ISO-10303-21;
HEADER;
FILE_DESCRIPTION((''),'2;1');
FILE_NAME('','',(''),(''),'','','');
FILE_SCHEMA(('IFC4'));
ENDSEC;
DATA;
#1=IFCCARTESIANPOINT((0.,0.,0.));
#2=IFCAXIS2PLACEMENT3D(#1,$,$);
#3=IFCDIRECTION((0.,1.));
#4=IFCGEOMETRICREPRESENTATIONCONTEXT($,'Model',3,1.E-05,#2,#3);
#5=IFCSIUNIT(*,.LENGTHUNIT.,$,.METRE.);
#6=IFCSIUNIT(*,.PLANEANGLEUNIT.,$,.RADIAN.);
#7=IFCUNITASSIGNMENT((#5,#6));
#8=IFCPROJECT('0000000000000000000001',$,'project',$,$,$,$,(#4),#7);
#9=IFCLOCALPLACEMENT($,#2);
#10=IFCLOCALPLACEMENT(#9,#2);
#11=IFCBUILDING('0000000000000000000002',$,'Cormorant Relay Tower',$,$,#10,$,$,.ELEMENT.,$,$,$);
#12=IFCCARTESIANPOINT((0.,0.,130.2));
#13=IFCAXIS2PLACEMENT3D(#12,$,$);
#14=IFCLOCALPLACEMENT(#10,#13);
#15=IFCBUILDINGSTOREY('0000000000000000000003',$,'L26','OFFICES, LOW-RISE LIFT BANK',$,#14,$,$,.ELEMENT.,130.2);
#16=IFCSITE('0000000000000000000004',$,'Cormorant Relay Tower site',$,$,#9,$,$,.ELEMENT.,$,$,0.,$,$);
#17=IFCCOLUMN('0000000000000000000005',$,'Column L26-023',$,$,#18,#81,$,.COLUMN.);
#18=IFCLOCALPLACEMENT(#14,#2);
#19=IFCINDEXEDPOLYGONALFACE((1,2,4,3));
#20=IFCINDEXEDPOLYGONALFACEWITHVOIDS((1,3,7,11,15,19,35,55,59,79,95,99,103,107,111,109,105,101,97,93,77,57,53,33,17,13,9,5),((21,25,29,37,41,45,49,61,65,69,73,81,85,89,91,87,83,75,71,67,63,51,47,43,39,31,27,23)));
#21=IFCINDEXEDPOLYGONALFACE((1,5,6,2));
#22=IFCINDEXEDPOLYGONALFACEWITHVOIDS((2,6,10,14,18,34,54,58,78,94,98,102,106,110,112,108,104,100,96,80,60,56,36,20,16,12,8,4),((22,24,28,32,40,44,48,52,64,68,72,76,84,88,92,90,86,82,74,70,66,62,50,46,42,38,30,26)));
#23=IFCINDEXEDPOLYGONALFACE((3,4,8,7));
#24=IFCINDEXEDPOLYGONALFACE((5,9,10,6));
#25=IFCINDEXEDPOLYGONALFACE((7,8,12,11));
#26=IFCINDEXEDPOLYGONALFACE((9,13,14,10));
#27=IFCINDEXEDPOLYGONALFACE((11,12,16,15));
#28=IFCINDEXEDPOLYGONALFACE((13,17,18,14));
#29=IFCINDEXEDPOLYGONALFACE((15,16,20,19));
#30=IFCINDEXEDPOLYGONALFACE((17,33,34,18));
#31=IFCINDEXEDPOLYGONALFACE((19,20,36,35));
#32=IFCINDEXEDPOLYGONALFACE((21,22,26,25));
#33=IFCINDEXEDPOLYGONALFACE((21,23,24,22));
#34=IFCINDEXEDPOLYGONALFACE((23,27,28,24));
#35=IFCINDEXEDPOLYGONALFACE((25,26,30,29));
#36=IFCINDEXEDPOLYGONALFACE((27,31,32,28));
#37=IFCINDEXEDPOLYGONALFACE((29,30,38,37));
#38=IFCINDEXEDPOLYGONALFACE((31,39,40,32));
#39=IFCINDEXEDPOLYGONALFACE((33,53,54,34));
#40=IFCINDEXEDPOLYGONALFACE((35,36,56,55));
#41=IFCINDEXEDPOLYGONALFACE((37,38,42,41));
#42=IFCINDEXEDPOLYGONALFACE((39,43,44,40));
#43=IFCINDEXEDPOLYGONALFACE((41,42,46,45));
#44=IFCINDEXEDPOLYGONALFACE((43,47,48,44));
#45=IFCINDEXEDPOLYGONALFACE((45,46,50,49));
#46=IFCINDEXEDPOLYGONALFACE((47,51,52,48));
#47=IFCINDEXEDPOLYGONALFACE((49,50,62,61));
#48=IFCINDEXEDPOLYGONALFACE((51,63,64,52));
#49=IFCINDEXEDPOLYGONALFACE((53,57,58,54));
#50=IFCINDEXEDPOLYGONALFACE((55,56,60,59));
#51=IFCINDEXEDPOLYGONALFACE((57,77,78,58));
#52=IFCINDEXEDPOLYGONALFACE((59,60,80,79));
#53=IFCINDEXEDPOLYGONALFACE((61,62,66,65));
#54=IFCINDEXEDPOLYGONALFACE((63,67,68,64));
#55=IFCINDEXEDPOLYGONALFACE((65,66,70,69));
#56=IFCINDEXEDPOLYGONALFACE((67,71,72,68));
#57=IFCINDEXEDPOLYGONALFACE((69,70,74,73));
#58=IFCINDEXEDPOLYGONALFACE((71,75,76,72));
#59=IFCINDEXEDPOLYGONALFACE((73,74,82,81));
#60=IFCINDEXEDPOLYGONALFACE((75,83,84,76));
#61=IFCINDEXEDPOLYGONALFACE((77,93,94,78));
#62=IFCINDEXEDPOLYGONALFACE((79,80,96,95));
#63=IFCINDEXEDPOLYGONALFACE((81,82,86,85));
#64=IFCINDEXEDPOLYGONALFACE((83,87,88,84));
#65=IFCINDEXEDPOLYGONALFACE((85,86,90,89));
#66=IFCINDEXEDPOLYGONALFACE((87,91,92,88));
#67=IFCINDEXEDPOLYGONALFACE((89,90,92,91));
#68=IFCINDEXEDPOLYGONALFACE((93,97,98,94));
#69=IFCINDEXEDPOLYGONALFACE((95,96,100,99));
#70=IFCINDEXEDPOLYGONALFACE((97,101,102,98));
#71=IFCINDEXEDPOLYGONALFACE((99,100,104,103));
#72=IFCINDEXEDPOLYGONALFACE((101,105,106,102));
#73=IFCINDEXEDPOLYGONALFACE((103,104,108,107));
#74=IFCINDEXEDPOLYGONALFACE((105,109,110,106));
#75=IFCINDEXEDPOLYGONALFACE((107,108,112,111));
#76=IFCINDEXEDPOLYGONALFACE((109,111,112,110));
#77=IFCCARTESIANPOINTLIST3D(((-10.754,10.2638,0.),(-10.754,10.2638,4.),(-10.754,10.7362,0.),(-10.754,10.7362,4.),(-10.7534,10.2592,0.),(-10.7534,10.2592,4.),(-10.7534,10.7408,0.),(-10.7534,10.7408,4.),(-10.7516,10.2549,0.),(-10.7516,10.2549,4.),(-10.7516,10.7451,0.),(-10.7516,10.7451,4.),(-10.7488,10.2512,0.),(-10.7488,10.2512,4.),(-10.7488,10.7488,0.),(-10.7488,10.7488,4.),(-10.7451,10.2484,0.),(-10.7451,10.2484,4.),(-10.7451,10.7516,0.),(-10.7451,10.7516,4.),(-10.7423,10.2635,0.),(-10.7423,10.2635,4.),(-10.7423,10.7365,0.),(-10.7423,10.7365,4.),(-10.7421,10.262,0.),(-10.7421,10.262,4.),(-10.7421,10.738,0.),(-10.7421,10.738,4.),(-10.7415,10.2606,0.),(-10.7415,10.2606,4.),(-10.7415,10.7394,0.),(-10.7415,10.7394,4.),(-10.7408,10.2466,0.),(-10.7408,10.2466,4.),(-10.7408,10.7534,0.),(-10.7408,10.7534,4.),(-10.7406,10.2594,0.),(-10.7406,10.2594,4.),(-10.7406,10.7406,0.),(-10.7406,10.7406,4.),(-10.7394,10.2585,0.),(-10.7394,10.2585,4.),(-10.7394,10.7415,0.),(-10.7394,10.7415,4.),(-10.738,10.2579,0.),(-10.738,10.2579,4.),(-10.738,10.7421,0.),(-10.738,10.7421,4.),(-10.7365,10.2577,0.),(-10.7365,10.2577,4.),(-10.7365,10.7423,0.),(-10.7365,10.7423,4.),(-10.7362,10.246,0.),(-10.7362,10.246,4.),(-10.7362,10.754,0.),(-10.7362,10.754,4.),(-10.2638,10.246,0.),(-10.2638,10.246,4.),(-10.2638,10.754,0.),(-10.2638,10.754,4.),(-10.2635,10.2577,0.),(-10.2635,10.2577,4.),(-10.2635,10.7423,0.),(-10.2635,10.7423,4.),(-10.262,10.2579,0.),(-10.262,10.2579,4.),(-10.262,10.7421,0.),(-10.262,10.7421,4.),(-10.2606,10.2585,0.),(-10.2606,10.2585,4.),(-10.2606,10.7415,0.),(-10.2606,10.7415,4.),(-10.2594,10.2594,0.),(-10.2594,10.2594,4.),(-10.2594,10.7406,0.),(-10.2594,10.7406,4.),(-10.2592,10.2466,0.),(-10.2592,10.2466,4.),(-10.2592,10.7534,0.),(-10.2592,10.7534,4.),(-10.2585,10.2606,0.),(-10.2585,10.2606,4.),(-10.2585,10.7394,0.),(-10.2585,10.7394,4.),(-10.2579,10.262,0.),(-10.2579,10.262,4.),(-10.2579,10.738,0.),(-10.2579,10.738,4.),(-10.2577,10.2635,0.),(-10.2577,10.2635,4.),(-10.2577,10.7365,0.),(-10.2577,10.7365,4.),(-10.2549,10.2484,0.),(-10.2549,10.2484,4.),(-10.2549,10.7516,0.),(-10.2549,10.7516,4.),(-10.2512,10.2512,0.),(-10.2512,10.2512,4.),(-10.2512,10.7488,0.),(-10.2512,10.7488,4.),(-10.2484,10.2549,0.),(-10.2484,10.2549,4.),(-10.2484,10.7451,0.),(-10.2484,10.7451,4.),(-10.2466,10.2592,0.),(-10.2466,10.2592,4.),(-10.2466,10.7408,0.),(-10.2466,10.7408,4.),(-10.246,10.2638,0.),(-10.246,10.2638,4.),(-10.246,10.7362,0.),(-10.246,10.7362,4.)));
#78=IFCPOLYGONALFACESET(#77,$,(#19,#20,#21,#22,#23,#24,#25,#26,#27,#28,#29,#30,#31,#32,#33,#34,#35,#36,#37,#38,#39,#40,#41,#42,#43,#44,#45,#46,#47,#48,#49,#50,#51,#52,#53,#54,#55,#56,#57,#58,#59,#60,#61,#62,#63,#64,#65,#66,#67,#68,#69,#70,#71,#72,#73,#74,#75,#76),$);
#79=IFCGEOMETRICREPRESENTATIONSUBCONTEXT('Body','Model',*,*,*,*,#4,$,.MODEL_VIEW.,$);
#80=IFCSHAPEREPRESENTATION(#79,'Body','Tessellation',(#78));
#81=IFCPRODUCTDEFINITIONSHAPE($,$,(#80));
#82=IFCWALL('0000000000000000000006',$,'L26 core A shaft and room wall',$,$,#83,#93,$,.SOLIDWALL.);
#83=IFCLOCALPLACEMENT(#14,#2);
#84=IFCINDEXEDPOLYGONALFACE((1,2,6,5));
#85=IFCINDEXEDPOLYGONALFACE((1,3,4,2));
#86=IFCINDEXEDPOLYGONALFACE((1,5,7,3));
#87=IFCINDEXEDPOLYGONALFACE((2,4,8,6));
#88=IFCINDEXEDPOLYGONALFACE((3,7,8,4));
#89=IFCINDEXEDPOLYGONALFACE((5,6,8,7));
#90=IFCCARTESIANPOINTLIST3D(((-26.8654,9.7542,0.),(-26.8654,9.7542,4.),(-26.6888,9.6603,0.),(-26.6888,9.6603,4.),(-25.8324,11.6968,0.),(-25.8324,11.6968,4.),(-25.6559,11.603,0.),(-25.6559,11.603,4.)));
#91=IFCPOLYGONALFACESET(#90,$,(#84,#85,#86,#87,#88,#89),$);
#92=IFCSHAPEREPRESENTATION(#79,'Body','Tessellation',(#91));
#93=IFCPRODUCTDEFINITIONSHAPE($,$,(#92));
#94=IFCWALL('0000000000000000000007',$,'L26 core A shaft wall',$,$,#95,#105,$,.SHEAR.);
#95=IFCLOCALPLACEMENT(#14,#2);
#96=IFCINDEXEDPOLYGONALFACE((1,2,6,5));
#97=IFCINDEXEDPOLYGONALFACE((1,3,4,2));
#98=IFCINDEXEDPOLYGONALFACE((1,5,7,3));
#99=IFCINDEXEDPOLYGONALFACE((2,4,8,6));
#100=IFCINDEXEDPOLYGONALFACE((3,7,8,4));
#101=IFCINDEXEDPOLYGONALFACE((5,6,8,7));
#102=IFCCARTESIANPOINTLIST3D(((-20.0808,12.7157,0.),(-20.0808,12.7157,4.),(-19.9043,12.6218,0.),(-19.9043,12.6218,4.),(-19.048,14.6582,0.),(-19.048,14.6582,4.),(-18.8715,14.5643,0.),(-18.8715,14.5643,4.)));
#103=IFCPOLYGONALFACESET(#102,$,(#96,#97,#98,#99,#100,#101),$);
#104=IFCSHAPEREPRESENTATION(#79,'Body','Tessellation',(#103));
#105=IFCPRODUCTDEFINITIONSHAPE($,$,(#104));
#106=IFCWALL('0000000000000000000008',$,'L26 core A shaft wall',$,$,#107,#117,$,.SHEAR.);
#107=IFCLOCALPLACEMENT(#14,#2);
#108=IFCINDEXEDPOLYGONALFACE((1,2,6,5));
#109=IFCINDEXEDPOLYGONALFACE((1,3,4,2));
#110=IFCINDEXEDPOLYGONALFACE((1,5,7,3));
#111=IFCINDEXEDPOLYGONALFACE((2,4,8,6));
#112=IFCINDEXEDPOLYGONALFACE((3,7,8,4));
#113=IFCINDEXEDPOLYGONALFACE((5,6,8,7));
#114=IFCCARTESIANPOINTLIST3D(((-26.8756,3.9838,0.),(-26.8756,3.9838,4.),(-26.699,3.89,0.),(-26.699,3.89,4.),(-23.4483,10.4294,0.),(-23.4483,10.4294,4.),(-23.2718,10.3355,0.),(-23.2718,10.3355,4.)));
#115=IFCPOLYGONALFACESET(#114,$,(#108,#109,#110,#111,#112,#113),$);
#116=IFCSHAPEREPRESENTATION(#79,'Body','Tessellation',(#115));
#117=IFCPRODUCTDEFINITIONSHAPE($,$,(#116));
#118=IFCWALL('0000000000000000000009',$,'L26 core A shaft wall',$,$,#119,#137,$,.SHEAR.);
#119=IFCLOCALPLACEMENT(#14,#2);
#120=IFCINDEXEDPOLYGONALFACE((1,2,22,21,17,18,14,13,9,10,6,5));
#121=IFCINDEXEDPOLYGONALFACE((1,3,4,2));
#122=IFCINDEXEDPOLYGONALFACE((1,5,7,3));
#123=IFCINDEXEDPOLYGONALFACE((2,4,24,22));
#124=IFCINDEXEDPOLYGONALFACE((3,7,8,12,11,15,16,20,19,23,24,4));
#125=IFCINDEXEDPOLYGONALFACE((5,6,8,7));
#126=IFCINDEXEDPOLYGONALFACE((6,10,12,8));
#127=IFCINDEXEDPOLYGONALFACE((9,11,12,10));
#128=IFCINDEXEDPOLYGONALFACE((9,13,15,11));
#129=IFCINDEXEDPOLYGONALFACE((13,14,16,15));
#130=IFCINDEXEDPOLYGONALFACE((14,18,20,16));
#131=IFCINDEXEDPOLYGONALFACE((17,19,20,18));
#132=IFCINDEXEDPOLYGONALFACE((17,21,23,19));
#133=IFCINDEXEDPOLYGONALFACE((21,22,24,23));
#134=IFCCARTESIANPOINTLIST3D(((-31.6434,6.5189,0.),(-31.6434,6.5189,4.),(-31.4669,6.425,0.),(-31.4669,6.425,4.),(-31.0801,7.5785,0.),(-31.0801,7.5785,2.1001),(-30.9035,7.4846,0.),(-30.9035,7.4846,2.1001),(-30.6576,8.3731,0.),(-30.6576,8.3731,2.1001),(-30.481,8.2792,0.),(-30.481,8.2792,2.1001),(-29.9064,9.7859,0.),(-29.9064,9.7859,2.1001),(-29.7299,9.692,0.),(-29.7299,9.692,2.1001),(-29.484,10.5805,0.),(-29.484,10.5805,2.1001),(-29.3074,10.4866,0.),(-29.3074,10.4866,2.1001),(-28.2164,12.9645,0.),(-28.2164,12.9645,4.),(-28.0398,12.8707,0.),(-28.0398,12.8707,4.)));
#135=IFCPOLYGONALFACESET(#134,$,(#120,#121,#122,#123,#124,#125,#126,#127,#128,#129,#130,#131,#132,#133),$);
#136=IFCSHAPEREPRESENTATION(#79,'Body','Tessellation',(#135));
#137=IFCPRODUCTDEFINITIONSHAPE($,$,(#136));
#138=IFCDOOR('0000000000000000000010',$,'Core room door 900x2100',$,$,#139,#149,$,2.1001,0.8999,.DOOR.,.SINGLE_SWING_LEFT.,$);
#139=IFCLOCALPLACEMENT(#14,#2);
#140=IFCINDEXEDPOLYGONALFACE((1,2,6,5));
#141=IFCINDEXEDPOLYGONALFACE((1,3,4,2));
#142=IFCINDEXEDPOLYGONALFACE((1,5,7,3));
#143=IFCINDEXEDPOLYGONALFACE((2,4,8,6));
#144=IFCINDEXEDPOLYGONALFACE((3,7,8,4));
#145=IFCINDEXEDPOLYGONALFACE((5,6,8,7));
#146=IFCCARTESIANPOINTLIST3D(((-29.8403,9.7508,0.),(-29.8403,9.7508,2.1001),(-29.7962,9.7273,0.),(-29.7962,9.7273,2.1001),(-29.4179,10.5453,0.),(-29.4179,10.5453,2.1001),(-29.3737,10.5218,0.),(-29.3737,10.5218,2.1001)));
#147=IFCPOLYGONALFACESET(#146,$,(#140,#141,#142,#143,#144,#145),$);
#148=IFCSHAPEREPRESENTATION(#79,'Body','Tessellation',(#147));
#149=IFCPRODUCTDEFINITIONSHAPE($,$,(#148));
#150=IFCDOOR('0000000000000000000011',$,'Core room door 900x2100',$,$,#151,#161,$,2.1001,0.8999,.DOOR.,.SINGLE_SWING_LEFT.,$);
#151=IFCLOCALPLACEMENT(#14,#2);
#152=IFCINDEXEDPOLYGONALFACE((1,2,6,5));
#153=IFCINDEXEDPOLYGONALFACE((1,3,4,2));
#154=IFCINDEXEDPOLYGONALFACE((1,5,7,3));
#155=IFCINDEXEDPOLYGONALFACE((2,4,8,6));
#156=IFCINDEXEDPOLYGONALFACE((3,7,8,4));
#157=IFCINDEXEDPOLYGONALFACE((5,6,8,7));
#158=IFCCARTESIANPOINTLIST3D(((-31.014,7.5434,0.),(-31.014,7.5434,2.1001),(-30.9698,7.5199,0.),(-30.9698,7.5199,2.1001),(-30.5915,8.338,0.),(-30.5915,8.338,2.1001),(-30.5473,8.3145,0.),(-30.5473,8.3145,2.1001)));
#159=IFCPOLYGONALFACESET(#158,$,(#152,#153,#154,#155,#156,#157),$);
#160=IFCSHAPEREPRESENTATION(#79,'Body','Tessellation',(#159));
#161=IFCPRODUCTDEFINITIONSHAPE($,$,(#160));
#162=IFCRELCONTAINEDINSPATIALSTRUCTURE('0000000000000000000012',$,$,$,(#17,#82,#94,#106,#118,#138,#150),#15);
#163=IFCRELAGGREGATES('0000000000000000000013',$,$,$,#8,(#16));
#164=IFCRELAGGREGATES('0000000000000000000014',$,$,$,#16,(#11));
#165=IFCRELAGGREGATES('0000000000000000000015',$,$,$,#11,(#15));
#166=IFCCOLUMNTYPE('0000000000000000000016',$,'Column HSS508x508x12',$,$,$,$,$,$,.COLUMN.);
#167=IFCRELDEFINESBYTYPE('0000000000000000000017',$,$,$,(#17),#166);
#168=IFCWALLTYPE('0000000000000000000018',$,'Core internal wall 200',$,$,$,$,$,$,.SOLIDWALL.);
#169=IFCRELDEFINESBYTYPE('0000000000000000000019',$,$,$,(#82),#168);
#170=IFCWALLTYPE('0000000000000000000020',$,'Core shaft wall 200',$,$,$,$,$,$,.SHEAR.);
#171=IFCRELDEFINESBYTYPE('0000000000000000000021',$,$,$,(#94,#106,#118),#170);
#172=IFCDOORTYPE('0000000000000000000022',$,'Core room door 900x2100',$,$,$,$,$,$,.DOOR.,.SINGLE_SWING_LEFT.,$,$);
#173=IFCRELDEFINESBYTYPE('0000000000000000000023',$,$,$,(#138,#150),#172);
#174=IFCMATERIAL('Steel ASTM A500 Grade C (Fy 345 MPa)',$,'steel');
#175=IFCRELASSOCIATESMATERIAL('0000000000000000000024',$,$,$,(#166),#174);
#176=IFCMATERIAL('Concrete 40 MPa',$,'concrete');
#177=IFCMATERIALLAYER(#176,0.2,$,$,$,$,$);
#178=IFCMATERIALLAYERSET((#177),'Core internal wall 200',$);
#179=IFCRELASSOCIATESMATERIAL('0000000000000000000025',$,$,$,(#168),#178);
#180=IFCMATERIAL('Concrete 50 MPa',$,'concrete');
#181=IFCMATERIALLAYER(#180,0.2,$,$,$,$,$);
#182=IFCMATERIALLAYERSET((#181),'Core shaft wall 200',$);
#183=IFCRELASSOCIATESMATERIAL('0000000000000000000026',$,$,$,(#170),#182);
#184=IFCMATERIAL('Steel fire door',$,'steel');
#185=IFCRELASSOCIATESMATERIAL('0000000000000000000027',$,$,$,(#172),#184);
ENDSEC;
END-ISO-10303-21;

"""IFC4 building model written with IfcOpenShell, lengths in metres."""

from ifc_helpers import new_model, si_unit, direction, frame, frame_2d, origin, origin_2d, place, context, subcontext, project, spatial, rectangle, hollow_rectangle, extrude, material, layer, layer_set, material_profile, profile_set, type_object, element, fill, save


model = new_model("IFC4")

# Units and contexts
model_context = context("Model", 3, precision=1e-05, world=origin(), true_north=direction((0.0, 1.0)))
body_context = subcontext(model_context, "Body", "Model", "MODEL_VIEW")
ifc_project = project(units=[si_unit("LENGTHUNIT", "METRE"), si_unit("PLANEANGLEUNIT", "RADIAN")], contexts=[model_context])

# Site, building, storey
site_placement = place(None, origin())
site = spatial("IfcSite", under=ifc_project, at=site_placement, Name="Cormorant Relay Tower site", CompositionType="ELEMENT", RefElevation=0.0)
building_placement = place(site_placement, origin())
building = spatial("IfcBuilding", under=site, at=building_placement, Name="Cormorant Relay Tower", CompositionType="ELEMENT")
storey_placement = place(building_placement, frame((0.0, 0.0, 130.2)))
storey = spatial("IfcBuildingStorey", under=building, at=storey_placement, Name="L26", Description="OFFICES, LOW-RISE LIFT BANK", CompositionType="ELEMENT", Elevation=130.2)

# Column
ifc_material_1 = material(Name="Steel ASTM A500 Grade C (Fy 345 MPa)", Category="steel")
ifc_material_profile = material_profile(ifc_material_1, hollow_rectangle(XDim=0.5081, YDim=0.5081, WallThickness=0.0117, InnerFilletRadius=0.0059, OuterFilletRadius=0.0178, at=origin_2d()), Name="HSS508x508x12")
ifc_profile_set = profile_set([ifc_material_profile], Name="Steel ASTM A500 Grade C (Fy 345 MPa)")
column_type = type_object("IfcColumnType", Name="Column HSS508x508x12", PredefinedType="COLUMN", material=ifc_profile_set)
column_placement = place(storey_placement, frame((-10.5, 10.5, 0.0), z_axis=(0.0, 0.0, 1.0), x_axis=(1.0, 0.0, 0.0)))
element("IfcColumn", 1, at=column_placement, inside=storey, type_object=column_type, Name="Column L26-023", PredefinedType="COLUMN", context=body_context, shape_type="SweptSolid", body=[
    extrude(hollow_rectangle(XDim=0.5081, YDim=0.5081, WallThickness=0.0117, InnerFilletRadius=0.0059, OuterFilletRadius=0.0178, at=origin_2d()), origin(), (0.0, 0.0, 1.0), 4.0),
])

# Walls
ifc_material_2 = material(Name="Concrete 40 MPa", Category="concrete")
ifc_layer_1 = layer(ifc_material_2, 0.2)
ifc_layer_set_1 = layer_set([ifc_layer_1], Name="Core internal wall 200")
wall_type_1 = type_object("IfcWallType", Name="Core internal wall 200", PredefinedType="SOLIDWALL", material=ifc_layer_set_1)
wall_1_placement = place(storey_placement, frame((-25.7441, 11.6499, 0.0), z_axis=(0.0, 0.0, 1.0), x_axis=(-0.469488, -0.882939, 0.0)))
element("IfcWall", 2, at=wall_1_placement, inside=storey, type_object=wall_type_1, Name="L26 core A shaft and room wall", PredefinedType="SOLIDWALL", context=body_context, shape_type="SweptSolid", body=[
    extrude(rectangle(XDim=2.2002, YDim=0.2, at=frame_2d((1.1001, 0.0))), origin(), (0.0, 0.0, 1.0), 4.0),
])
ifc_material_3 = material(Name="Concrete 50 MPa", Category="concrete")
ifc_layer_2 = layer(ifc_material_3, 0.2)
ifc_layer_set_2 = layer_set([ifc_layer_2], Name="Core shaft wall 200")
wall_type_2 = type_object("IfcWallType", Name="Core shaft wall 200", PredefinedType="SHEAR", material=ifc_layer_set_2)
wall_2_placement = place(storey_placement, frame((-18.9597, 14.6113, 0.0), z_axis=(0.0, 0.0, 1.0), x_axis=(-0.469447, -0.88296, 0.0)))
element("IfcWall", 3, at=wall_2_placement, inside=storey, type_object=wall_type_2, Name="L26 core A shaft wall", PredefinedType="SHEAR", context=body_context, shape_type="SweptSolid", body=[
    extrude(rectangle(XDim=2.2, YDim=0.2, at=frame_2d((1.1001, 0.0))), origin(), (0.0, 0.0, 1.0), 4.0),
])
wall_3_placement = place(storey_placement, frame((-23.3601, 10.3823, 0.0), z_axis=(0.0, 0.0, 1.0), x_axis=(-0.46948, -0.882943, 0.0)))
element("IfcWall", 4, at=wall_3_placement, inside=storey, type_object=wall_type_2, Name="L26 core A shaft wall", PredefinedType="SHEAR", context=body_context, shape_type="SweptSolid", body=[
    extrude(rectangle(XDim=7.3, YDim=0.2, at=frame_2d((3.6499, 0.0))), origin(), (0.0, 0.0, 1.0), 4.0),
])

# Wall, openings, doors
wall_4_placement = place(storey_placement, frame((-28.1282, 12.9175, 0.0), z_axis=(0.0, 0.0, 1.0), x_axis=(-0.469454, -0.882957, 0.0)))
wall_4 = element("IfcWall", 5, at=wall_4_placement, inside=storey, type_object=wall_type_2, Name="L26 core A shaft wall", PredefinedType="SHEAR", context=body_context, shape_type="SweptSolid", body=[
    extrude(rectangle(XDim=7.3, YDim=0.2, at=frame_2d((3.6499, 0.0))), origin(), (0.0, 0.0, 1.0), 4.0),
])
opening_1_placement = place(wall_4_placement, frame((2.7, 0.0, 0.0)))
opening_1 = element("IfcOpeningElement", 6, at=opening_1_placement, cuts=wall_4, PredefinedType="OPENING", context=body_context, shape_type="SweptSolid", body=[
    extrude(rectangle(XDim=0.8999, YDim=2.1001, at=frame_2d((0.45, 1.05))), frame((0.0, 0.1099, 0.0), z_axis=(0.0, -1.0, 0.0), x_axis=(1.0, 0.0, 0.0)), (0.0, 0.0, 1.0), 0.22),
])
opening_2_placement = place(wall_4_placement, frame((5.2, 0.0, 0.0)))
opening_2 = element("IfcOpeningElement", 7, at=opening_2_placement, cuts=wall_4, PredefinedType="OPENING", context=body_context, shape_type="SweptSolid", body=[
    extrude(rectangle(XDim=0.8999, YDim=2.1001, at=frame_2d((0.45, 1.05))), frame((0.0, 0.1099, 0.0), z_axis=(0.0, -1.0, 0.0), x_axis=(1.0, 0.0, 0.0)), (0.0, 0.0, 1.0), 0.22),
])
ifc_material_4 = material(Name="Steel fire door", Category="steel")
door_type_1 = type_object("IfcDoorType", Name="Core room door 900x2100", OperationType="SINGLE_SWING_LEFT", PredefinedType="DOOR", material=ifc_material_4)
door_1_placement = place(opening_1_placement, origin())
door_1 = element("IfcDoor", 8, at=door_1_placement, inside=storey, type_object=door_type_1, Name="Core room door 900x2100", OperationType="SINGLE_SWING_LEFT", OverallHeight=2.1001, OverallWidth=0.8999, PredefinedType="DOOR", context=body_context, shape_type="SweptSolid", body=[
    extrude(rectangle(XDim=0.8999, YDim=2.1001, at=frame_2d((0.45, 1.05))), frame((0.0, 0.0249, 0.0), z_axis=(0.0, -1.0, 0.0), x_axis=(1.0, 0.0, 0.0)), (0.0, 0.0, 1.0), 0.05),
])
fill(opening_1, door_1)
door_2_placement = place(opening_2_placement, origin())
door_2 = element("IfcDoor", 9, at=door_2_placement, inside=storey, type_object=door_type_1, Name="Core room door 900x2100", OperationType="SINGLE_SWING_LEFT", OverallHeight=2.1001, OverallWidth=0.8999, PredefinedType="DOOR", context=body_context, shape_type="SweptSolid", body=[
    extrude(rectangle(XDim=0.8999, YDim=2.1001, at=frame_2d((0.45, 1.05))), frame((0.0, 0.0249, 0.0), z_axis=(0.0, -1.0, 0.0), x_axis=(1.0, 0.0, 0.0)), (0.0, 0.0, 1.0), 0.05),
])
fill(opening_2, door_2)

save(model, "model.ifc")
